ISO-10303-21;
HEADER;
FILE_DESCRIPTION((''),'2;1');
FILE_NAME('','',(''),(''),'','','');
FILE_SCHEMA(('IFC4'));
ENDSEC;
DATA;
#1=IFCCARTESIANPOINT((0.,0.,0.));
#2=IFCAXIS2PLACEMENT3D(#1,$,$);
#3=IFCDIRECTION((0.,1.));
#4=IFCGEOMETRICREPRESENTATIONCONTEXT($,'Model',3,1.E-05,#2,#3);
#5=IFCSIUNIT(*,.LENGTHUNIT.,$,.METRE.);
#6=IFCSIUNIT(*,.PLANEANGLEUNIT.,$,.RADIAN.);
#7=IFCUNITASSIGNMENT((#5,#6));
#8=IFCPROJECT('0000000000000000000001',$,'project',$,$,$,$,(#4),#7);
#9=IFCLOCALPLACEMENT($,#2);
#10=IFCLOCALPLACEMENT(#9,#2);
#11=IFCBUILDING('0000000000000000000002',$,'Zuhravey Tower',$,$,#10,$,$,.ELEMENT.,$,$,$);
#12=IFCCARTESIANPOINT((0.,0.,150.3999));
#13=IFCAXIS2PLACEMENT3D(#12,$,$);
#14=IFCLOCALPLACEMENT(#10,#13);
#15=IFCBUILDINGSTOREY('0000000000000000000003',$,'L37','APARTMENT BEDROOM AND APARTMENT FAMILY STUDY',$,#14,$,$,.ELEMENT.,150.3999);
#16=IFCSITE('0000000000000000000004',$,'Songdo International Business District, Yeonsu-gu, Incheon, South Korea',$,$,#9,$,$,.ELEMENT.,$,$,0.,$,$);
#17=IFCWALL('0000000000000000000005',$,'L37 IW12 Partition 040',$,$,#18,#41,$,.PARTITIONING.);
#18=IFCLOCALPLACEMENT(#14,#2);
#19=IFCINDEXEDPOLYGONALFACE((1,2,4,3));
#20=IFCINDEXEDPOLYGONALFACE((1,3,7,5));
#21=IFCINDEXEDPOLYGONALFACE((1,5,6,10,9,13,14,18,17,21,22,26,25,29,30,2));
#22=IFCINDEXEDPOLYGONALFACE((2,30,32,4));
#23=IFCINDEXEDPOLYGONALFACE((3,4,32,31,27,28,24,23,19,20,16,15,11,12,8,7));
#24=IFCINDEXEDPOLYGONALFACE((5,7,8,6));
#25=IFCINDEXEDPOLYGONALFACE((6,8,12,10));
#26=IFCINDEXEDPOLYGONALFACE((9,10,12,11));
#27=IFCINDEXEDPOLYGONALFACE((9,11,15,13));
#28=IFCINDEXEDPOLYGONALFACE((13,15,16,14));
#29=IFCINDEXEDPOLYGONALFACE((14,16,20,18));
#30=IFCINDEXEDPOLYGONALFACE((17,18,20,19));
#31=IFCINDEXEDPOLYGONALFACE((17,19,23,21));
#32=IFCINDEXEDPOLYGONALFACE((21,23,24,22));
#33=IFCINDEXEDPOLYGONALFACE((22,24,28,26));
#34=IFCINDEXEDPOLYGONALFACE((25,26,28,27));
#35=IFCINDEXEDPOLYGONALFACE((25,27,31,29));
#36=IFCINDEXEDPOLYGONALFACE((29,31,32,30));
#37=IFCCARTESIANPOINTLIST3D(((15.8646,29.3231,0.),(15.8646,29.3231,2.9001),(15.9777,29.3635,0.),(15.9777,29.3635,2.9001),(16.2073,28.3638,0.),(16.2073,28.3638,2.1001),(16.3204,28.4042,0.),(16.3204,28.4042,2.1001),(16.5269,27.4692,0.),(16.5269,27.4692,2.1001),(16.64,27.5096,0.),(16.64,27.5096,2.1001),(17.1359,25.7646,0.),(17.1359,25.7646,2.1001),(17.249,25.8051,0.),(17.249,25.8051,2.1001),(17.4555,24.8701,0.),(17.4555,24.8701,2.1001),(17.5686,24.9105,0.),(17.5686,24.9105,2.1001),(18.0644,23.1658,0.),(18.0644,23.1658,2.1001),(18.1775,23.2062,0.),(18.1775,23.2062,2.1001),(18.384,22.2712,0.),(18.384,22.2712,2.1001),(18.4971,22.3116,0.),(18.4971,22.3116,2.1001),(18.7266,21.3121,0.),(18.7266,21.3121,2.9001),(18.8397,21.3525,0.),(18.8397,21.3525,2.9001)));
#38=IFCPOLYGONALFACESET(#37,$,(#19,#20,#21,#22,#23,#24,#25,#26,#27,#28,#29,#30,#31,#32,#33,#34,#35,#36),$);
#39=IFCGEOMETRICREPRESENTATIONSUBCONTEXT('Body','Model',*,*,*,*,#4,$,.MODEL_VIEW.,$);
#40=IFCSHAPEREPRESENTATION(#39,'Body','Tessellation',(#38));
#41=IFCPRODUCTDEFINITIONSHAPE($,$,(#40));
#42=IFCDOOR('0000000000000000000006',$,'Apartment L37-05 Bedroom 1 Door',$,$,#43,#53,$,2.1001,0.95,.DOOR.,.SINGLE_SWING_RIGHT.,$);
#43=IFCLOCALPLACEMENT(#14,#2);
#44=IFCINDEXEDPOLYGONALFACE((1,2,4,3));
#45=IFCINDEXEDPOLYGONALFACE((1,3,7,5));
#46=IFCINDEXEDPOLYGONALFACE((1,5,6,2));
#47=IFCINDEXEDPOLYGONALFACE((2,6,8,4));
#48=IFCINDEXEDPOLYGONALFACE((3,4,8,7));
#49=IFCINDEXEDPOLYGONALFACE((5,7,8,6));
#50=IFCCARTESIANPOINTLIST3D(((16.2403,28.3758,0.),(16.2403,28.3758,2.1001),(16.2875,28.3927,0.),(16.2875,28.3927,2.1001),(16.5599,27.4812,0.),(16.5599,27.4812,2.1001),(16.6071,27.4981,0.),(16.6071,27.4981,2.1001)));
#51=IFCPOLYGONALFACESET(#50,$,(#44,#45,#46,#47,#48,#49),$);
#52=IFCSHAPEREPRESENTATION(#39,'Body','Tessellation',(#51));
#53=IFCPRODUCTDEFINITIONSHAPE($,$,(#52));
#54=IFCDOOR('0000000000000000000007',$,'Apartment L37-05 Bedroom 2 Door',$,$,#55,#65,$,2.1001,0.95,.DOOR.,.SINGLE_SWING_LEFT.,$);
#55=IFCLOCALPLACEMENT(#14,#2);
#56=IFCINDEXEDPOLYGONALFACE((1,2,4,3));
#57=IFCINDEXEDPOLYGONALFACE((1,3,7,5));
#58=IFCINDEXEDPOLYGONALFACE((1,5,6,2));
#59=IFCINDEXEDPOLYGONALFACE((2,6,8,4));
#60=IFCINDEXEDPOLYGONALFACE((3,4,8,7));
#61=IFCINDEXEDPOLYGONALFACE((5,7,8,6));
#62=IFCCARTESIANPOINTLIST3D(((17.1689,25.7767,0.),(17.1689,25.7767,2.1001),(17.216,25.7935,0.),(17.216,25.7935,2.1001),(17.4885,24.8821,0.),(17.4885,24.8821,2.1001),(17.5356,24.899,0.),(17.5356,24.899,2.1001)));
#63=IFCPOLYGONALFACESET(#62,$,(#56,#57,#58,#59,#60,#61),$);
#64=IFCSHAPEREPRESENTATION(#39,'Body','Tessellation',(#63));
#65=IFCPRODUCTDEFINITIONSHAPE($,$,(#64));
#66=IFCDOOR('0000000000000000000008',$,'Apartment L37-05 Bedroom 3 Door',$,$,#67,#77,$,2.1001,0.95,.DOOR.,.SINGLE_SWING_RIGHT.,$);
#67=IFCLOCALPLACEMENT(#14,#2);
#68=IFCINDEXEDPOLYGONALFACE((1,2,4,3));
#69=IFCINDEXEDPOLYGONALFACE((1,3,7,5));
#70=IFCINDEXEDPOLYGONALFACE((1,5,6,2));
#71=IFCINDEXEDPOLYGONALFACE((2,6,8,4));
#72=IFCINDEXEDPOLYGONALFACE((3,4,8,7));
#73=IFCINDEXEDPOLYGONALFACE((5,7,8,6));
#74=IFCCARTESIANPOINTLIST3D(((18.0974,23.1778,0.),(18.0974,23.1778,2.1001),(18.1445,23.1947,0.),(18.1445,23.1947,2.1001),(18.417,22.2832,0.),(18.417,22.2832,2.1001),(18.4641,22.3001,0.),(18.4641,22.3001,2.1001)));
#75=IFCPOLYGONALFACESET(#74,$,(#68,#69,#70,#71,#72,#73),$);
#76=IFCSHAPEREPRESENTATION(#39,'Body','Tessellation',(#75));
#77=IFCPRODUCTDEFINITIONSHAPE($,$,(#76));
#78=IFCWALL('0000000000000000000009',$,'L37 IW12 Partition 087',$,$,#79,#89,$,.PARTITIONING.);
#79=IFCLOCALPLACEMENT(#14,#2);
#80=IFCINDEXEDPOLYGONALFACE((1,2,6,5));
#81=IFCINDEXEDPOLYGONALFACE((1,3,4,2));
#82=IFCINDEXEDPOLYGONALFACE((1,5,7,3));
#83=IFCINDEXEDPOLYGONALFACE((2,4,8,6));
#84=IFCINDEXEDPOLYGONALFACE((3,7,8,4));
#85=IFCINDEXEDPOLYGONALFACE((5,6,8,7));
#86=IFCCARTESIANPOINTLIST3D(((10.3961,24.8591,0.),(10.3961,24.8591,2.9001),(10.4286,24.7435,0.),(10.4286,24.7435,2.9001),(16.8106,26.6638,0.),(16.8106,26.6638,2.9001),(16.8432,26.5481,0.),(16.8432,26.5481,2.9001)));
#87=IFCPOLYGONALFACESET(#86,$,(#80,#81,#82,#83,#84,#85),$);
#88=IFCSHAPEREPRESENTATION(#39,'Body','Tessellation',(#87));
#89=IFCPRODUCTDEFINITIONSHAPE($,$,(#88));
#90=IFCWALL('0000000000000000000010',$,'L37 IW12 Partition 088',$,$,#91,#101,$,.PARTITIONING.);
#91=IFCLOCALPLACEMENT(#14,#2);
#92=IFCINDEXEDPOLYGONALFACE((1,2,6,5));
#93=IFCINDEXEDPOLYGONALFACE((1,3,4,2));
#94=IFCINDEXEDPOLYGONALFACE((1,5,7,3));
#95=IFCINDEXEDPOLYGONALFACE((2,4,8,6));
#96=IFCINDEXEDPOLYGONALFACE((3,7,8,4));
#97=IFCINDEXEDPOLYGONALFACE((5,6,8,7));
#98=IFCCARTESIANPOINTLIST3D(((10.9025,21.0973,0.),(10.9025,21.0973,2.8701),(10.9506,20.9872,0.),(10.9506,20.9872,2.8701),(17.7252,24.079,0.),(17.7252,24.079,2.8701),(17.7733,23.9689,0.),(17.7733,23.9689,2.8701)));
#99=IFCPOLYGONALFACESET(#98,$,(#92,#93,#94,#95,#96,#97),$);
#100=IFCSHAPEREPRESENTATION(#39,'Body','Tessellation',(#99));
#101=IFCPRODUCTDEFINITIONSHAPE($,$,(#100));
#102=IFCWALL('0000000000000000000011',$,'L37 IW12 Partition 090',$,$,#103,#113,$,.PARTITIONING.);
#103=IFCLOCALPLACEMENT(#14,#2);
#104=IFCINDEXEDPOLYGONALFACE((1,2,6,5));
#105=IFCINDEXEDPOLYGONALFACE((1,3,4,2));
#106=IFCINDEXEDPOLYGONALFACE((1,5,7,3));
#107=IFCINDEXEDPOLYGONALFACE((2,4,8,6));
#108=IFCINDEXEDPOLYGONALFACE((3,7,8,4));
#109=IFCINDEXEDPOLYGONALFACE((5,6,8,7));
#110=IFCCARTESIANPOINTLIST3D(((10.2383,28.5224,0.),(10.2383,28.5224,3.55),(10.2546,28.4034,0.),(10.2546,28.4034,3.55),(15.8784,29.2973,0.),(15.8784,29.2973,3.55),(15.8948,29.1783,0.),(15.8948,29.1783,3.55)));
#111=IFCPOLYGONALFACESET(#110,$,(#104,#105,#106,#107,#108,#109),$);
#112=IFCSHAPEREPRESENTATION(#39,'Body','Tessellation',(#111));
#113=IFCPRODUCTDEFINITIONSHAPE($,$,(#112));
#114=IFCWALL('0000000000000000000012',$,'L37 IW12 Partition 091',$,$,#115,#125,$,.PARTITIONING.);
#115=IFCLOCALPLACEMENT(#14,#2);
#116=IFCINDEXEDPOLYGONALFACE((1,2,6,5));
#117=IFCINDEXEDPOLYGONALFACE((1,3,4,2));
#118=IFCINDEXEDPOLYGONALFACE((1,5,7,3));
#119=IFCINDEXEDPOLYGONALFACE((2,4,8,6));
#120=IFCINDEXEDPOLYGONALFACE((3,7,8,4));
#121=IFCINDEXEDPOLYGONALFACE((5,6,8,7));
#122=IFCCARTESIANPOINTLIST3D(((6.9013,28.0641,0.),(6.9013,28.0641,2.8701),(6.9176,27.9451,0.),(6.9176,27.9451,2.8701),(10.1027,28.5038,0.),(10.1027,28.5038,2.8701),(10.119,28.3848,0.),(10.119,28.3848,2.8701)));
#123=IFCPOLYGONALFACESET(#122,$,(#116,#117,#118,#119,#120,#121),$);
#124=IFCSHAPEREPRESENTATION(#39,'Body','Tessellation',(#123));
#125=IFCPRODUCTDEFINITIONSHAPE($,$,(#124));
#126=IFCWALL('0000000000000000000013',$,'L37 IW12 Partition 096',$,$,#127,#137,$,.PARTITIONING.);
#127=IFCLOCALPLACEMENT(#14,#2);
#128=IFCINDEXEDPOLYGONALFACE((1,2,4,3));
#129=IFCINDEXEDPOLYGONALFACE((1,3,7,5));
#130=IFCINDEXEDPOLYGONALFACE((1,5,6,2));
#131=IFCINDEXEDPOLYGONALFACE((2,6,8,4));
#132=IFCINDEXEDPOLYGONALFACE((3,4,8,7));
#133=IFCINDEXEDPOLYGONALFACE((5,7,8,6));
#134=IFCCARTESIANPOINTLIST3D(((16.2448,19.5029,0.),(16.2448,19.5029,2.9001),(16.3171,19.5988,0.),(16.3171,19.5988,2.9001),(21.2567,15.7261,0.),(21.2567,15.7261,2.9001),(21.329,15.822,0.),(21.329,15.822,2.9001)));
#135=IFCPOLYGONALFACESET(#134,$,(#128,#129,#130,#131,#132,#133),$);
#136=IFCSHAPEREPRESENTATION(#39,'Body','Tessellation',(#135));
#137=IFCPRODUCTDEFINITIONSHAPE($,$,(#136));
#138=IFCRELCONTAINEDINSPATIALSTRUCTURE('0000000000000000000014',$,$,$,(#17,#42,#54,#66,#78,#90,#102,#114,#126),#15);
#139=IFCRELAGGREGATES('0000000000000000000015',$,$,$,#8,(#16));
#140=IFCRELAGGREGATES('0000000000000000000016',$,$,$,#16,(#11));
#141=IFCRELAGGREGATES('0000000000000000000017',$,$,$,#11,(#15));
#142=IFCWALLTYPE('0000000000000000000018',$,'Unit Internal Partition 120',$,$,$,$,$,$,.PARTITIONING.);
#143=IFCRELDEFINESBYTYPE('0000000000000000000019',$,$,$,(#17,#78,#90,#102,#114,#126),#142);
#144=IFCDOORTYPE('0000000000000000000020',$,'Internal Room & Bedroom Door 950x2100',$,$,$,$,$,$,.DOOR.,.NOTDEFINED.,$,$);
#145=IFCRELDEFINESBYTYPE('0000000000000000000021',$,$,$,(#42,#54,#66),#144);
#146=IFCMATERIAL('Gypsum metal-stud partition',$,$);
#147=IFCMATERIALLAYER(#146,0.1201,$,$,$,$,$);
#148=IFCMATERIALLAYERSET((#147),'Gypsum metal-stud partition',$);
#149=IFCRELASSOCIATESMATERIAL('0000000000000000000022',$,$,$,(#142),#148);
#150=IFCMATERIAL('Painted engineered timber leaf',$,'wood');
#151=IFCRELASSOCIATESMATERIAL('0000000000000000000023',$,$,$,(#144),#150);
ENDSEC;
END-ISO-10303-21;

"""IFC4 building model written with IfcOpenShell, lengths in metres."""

from ifc_helpers import new_model, si_unit, direction, frame, frame_2d, origin, place, context, subcontext, project, spatial, rectangle, extrude, material, layer, layer_set, type_object, element, fill, save


model = new_model("IFC4")

# Units and contexts
model_context = context("Model", 3, precision=1e-05, world=origin(), true_north=direction((0.0, 1.0)))
body_context = subcontext(model_context, "Body", "Model", "MODEL_VIEW")
ifc_project = project(units=[si_unit("LENGTHUNIT", "METRE"), si_unit("PLANEANGLEUNIT", "RADIAN")], contexts=[model_context])

# Site, building, storey
site_placement = place(None, origin())
site = spatial("IfcSite", under=ifc_project, at=site_placement, Name="Songdo International Business District, Yeonsu-gu, Incheon, South Korea", CompositionType="ELEMENT", RefElevation=0.0)
building_placement = place(site_placement, origin())
building = spatial("IfcBuilding", under=site, at=building_placement, Name="Zuhravey Tower", CompositionType="ELEMENT")
storey_placement = place(building_placement, frame((0.0, 0.0, 150.3999)))
storey = spatial("IfcBuildingStorey", under=building, at=storey_placement, Name="L37", Description="APARTMENT BEDROOM AND APARTMENT FAMILY STUDY", CompositionType="ELEMENT", Elevation=150.3999)

# Wall, openings, doors
ifc_material_1 = material(Name="Gypsum metal-stud partition")
ifc_layer_1 = layer(ifc_material_1, 0.1201)
ifc_layer_set_1 = layer_set([ifc_layer_1], Name="Gypsum metal-stud partition")
wall_type_1 = type_object("IfcWallType", Name="Unit Internal Partition 120", PredefinedType="PARTITIONING", material=ifc_layer_set_1)
ifc_material_2 = material(Name="Painted engineered timber leaf", Category="wood")
door_type_1 = type_object("IfcDoorType", Name="Internal Room & Bedroom Door 950x2100", OperationType="NOTDEFINED", PredefinedType="DOOR", material=ifc_material_2)
wall_1_placement = place(storey_placement, frame((15.9211, 29.3433, 0.0), z_axis=(0.0, 0.0, 1.0), x_axis=(0.33644, -0.941705, 0.0)))
wall_1 = element("IfcWall", 1, at=wall_1_placement, inside=storey, type_object=wall_type_1, Name="L37 IW12 Partition 040", PredefinedType="PARTITIONING", context=body_context, shape_type="SweptSolid", body=[
    extrude(rectangle(XDim=8.5068, YDim=0.1201, at=frame_2d((4.2534, 0.0))), origin(), (0.0, 0.0, 1.0), 2.9001),
])
opening_1_placement = place(wall_1_placement, frame((1.0186, 0.0, 0.0)))
opening_1 = element("IfcOpeningElement", 2, at=opening_1_placement, cuts=wall_1, PredefinedType="OPENING", context=body_context, shape_type="SweptSolid", body=[
    extrude(rectangle(XDim=0.95, YDim=2.1001, at=frame_2d((0.4751, 1.05))), frame((0.0, 0.072, 0.0), z_axis=(0.0, -1.0, 0.0), x_axis=(1.0, 0.0, 0.0)), (0.0, 0.0, 1.0), 0.144),
])
opening_2_placement = place(wall_1_placement, frame((3.7786, 0.0, 0.0)))
opening_2 = element("IfcOpeningElement", 3, at=opening_2_placement, cuts=wall_1, PredefinedType="OPENING", context=body_context, shape_type="SweptSolid", body=[
    extrude(rectangle(XDim=0.95, YDim=2.1001, at=frame_2d((0.4751, 1.05))), frame((0.0, 0.072, 0.0), z_axis=(0.0, -1.0, 0.0), x_axis=(1.0, 0.0, 0.0)), (0.0, 0.0, 1.0), 0.144),
])
opening_3_placement = place(wall_1_placement, frame((6.5383, 0.0, 0.0)))
opening_3 = element("IfcOpeningElement", 4, at=opening_3_placement, cuts=wall_1, PredefinedType="OPENING", context=body_context, shape_type="SweptSolid", body=[
    extrude(rectangle(XDim=0.95, YDim=2.1001, at=frame_2d((0.4751, 1.05))), frame((0.0, 0.072, 0.0), z_axis=(0.0, -1.0, 0.0), x_axis=(1.0, 0.0, 0.0)), (0.0, 0.0, 1.0), 0.144),
])
door_1_placement = place(opening_1_placement, frame((0.95, 0.0, 0.0), z_axis=(0.0, 0.0, 1.0), x_axis=(-1.0, 0.0, 0.0)))
door_1 = element("IfcDoor", 5, at=door_1_placement, inside=storey, type_object=door_type_1, Name="Apartment L37-05 Bedroom 1 Door", OperationType="SINGLE_SWING_RIGHT", OverallHeight=2.1001, OverallWidth=0.95, PredefinedType="DOOR", context=body_context, shape_type="SweptSolid", body=[
    extrude(rectangle(XDim=0.95, YDim=2.1001, at=frame_2d((0.4751, 1.05))), frame((0.0, 0.0249, 0.0), z_axis=(0.0, -1.0, 0.0), x_axis=(1.0, 0.0, 0.0)), (0.0, 0.0, 1.0), 0.05),
])
fill(opening_1, door_1)
door_2_placement = place(opening_2_placement, frame((0.95, 0.0, 0.0), z_axis=(0.0, 0.0, 1.0), x_axis=(-1.0, 0.0, 0.0)))
door_2 = element("IfcDoor", 6, at=door_2_placement, inside=storey, type_object=door_type_1, Name="Apartment L37-05 Bedroom 2 Door", OperationType="SINGLE_SWING_LEFT", OverallHeight=2.1001, OverallWidth=0.95, PredefinedType="DOOR", context=body_context, shape_type="SweptSolid", body=[
    extrude(rectangle(XDim=0.95, YDim=2.1001, at=frame_2d((0.4751, 1.05))), frame((0.0, 0.0249, 0.0), z_axis=(0.0, -1.0, 0.0), x_axis=(1.0, 0.0, 0.0)), (0.0, 0.0, 1.0), 0.05),
])
fill(opening_2, door_2)
door_3_placement = place(opening_3_placement, frame((0.95, 0.0, 0.0), z_axis=(0.0, 0.0, 1.0), x_axis=(-1.0, 0.0, 0.0)))
door_3 = element("IfcDoor", 7, at=door_3_placement, inside=storey, type_object=door_type_1, Name="Apartment L37-05 Bedroom 3 Door", OperationType="SINGLE_SWING_RIGHT", OverallHeight=2.1001, OverallWidth=0.95, PredefinedType="DOOR", context=body_context, shape_type="SweptSolid", body=[
    extrude(rectangle(XDim=0.95, YDim=2.1001, at=frame_2d((0.4751, 1.05))), frame((0.0, 0.0249, 0.0), z_axis=(0.0, -1.0, 0.0), x_axis=(1.0, 0.0, 0.0)), (0.0, 0.0, 1.0), 0.05),
])
fill(opening_3, door_3)

# Walls
wall_2_placement = place(storey_placement, frame((16.8269, 26.606, 0.0), z_axis=(0.0, 0.0, 1.0), x_axis=(-0.962628, -0.270828, 0.0)))
element("IfcWall", 8, at=wall_2_placement, inside=storey, type_object=wall_type_1, Name="L37 IW12 Partition 087", PredefinedType="PARTITIONING", context=body_context, shape_type="SweptSolid", body=[
    extrude(rectangle(XDim=6.6636, YDim=0.1201, at=frame_2d((3.3318, 0.0))), origin(), (0.0, 0.0, 1.0), 2.9001),
])
wall_3_placement = place(storey_placement, frame((17.7493, 24.0239, 0.0), z_axis=(0.0, 0.0, 1.0), x_axis=(-0.916318, -0.400451, 0.0)))
element("IfcWall", 9, at=wall_3_placement, inside=storey, type_object=wall_type_1, Name="L37 IW12 Partition 088", PredefinedType="PARTITIONING", context=body_context, shape_type="SweptSolid", body=[
    extrude(rectangle(XDim=7.4458, YDim=0.1201, at=frame_2d((3.7229, 0.0))), origin(), (0.0, 0.0, 1.0), 2.8701),
])
wall_4_placement = place(storey_placement, frame((15.8867, 29.2378, 0.0), z_axis=(0.0, 0.0, 1.0), x_axis=(-0.990693, -0.136112, 0.0)))
element("IfcWall", 10, at=wall_4_placement, inside=storey, type_object=wall_type_1, Name="L37 IW12 Partition 090", PredefinedType="PARTITIONING", context=body_context, shape_type="SweptSolid", body=[
    extrude(rectangle(XDim=5.6931, YDim=0.1201, at=frame_2d((2.8467, 0.0))), origin(), (0.0, 0.0, 1.0), 3.55),
])
wall_5_placement = place(storey_placement, frame((10.1108, 28.4443, 0.0), z_axis=(0.0, 0.0, 1.0), x_axis=(-0.9907, -0.136067, 0.0)))
element("IfcWall", 11, at=wall_5_placement, inside=storey, type_object=wall_type_1, Name="L37 IW12 Partition 091", PredefinedType="PARTITIONING", context=body_context, shape_type="SweptSolid", body=[
    extrude(rectangle(XDim=3.2314, YDim=0.1201, at=frame_2d((1.6157, 0.0))), origin(), (0.0, 0.0, 1.0), 2.8701),
])
wall_6_placement = place(storey_placement, frame((16.281, 19.5508, 0.0), z_axis=(0.0, 0.0, 1.0), x_axis=(0.79863, -0.601822, 0.0)))
element("IfcWall", 12, at=wall_6_placement, inside=storey, type_object=wall_type_1, Name="L37 IW12 Partition 096", PredefinedType="PARTITIONING", context=body_context, shape_type="SweptSolid", body=[
    extrude(rectangle(XDim=6.2756, YDim=0.1201, at=frame_2d((3.1377, 0.0))), origin(), (0.0, 0.0, 1.0), 2.9001),
])

save(model, "model.ifc")
